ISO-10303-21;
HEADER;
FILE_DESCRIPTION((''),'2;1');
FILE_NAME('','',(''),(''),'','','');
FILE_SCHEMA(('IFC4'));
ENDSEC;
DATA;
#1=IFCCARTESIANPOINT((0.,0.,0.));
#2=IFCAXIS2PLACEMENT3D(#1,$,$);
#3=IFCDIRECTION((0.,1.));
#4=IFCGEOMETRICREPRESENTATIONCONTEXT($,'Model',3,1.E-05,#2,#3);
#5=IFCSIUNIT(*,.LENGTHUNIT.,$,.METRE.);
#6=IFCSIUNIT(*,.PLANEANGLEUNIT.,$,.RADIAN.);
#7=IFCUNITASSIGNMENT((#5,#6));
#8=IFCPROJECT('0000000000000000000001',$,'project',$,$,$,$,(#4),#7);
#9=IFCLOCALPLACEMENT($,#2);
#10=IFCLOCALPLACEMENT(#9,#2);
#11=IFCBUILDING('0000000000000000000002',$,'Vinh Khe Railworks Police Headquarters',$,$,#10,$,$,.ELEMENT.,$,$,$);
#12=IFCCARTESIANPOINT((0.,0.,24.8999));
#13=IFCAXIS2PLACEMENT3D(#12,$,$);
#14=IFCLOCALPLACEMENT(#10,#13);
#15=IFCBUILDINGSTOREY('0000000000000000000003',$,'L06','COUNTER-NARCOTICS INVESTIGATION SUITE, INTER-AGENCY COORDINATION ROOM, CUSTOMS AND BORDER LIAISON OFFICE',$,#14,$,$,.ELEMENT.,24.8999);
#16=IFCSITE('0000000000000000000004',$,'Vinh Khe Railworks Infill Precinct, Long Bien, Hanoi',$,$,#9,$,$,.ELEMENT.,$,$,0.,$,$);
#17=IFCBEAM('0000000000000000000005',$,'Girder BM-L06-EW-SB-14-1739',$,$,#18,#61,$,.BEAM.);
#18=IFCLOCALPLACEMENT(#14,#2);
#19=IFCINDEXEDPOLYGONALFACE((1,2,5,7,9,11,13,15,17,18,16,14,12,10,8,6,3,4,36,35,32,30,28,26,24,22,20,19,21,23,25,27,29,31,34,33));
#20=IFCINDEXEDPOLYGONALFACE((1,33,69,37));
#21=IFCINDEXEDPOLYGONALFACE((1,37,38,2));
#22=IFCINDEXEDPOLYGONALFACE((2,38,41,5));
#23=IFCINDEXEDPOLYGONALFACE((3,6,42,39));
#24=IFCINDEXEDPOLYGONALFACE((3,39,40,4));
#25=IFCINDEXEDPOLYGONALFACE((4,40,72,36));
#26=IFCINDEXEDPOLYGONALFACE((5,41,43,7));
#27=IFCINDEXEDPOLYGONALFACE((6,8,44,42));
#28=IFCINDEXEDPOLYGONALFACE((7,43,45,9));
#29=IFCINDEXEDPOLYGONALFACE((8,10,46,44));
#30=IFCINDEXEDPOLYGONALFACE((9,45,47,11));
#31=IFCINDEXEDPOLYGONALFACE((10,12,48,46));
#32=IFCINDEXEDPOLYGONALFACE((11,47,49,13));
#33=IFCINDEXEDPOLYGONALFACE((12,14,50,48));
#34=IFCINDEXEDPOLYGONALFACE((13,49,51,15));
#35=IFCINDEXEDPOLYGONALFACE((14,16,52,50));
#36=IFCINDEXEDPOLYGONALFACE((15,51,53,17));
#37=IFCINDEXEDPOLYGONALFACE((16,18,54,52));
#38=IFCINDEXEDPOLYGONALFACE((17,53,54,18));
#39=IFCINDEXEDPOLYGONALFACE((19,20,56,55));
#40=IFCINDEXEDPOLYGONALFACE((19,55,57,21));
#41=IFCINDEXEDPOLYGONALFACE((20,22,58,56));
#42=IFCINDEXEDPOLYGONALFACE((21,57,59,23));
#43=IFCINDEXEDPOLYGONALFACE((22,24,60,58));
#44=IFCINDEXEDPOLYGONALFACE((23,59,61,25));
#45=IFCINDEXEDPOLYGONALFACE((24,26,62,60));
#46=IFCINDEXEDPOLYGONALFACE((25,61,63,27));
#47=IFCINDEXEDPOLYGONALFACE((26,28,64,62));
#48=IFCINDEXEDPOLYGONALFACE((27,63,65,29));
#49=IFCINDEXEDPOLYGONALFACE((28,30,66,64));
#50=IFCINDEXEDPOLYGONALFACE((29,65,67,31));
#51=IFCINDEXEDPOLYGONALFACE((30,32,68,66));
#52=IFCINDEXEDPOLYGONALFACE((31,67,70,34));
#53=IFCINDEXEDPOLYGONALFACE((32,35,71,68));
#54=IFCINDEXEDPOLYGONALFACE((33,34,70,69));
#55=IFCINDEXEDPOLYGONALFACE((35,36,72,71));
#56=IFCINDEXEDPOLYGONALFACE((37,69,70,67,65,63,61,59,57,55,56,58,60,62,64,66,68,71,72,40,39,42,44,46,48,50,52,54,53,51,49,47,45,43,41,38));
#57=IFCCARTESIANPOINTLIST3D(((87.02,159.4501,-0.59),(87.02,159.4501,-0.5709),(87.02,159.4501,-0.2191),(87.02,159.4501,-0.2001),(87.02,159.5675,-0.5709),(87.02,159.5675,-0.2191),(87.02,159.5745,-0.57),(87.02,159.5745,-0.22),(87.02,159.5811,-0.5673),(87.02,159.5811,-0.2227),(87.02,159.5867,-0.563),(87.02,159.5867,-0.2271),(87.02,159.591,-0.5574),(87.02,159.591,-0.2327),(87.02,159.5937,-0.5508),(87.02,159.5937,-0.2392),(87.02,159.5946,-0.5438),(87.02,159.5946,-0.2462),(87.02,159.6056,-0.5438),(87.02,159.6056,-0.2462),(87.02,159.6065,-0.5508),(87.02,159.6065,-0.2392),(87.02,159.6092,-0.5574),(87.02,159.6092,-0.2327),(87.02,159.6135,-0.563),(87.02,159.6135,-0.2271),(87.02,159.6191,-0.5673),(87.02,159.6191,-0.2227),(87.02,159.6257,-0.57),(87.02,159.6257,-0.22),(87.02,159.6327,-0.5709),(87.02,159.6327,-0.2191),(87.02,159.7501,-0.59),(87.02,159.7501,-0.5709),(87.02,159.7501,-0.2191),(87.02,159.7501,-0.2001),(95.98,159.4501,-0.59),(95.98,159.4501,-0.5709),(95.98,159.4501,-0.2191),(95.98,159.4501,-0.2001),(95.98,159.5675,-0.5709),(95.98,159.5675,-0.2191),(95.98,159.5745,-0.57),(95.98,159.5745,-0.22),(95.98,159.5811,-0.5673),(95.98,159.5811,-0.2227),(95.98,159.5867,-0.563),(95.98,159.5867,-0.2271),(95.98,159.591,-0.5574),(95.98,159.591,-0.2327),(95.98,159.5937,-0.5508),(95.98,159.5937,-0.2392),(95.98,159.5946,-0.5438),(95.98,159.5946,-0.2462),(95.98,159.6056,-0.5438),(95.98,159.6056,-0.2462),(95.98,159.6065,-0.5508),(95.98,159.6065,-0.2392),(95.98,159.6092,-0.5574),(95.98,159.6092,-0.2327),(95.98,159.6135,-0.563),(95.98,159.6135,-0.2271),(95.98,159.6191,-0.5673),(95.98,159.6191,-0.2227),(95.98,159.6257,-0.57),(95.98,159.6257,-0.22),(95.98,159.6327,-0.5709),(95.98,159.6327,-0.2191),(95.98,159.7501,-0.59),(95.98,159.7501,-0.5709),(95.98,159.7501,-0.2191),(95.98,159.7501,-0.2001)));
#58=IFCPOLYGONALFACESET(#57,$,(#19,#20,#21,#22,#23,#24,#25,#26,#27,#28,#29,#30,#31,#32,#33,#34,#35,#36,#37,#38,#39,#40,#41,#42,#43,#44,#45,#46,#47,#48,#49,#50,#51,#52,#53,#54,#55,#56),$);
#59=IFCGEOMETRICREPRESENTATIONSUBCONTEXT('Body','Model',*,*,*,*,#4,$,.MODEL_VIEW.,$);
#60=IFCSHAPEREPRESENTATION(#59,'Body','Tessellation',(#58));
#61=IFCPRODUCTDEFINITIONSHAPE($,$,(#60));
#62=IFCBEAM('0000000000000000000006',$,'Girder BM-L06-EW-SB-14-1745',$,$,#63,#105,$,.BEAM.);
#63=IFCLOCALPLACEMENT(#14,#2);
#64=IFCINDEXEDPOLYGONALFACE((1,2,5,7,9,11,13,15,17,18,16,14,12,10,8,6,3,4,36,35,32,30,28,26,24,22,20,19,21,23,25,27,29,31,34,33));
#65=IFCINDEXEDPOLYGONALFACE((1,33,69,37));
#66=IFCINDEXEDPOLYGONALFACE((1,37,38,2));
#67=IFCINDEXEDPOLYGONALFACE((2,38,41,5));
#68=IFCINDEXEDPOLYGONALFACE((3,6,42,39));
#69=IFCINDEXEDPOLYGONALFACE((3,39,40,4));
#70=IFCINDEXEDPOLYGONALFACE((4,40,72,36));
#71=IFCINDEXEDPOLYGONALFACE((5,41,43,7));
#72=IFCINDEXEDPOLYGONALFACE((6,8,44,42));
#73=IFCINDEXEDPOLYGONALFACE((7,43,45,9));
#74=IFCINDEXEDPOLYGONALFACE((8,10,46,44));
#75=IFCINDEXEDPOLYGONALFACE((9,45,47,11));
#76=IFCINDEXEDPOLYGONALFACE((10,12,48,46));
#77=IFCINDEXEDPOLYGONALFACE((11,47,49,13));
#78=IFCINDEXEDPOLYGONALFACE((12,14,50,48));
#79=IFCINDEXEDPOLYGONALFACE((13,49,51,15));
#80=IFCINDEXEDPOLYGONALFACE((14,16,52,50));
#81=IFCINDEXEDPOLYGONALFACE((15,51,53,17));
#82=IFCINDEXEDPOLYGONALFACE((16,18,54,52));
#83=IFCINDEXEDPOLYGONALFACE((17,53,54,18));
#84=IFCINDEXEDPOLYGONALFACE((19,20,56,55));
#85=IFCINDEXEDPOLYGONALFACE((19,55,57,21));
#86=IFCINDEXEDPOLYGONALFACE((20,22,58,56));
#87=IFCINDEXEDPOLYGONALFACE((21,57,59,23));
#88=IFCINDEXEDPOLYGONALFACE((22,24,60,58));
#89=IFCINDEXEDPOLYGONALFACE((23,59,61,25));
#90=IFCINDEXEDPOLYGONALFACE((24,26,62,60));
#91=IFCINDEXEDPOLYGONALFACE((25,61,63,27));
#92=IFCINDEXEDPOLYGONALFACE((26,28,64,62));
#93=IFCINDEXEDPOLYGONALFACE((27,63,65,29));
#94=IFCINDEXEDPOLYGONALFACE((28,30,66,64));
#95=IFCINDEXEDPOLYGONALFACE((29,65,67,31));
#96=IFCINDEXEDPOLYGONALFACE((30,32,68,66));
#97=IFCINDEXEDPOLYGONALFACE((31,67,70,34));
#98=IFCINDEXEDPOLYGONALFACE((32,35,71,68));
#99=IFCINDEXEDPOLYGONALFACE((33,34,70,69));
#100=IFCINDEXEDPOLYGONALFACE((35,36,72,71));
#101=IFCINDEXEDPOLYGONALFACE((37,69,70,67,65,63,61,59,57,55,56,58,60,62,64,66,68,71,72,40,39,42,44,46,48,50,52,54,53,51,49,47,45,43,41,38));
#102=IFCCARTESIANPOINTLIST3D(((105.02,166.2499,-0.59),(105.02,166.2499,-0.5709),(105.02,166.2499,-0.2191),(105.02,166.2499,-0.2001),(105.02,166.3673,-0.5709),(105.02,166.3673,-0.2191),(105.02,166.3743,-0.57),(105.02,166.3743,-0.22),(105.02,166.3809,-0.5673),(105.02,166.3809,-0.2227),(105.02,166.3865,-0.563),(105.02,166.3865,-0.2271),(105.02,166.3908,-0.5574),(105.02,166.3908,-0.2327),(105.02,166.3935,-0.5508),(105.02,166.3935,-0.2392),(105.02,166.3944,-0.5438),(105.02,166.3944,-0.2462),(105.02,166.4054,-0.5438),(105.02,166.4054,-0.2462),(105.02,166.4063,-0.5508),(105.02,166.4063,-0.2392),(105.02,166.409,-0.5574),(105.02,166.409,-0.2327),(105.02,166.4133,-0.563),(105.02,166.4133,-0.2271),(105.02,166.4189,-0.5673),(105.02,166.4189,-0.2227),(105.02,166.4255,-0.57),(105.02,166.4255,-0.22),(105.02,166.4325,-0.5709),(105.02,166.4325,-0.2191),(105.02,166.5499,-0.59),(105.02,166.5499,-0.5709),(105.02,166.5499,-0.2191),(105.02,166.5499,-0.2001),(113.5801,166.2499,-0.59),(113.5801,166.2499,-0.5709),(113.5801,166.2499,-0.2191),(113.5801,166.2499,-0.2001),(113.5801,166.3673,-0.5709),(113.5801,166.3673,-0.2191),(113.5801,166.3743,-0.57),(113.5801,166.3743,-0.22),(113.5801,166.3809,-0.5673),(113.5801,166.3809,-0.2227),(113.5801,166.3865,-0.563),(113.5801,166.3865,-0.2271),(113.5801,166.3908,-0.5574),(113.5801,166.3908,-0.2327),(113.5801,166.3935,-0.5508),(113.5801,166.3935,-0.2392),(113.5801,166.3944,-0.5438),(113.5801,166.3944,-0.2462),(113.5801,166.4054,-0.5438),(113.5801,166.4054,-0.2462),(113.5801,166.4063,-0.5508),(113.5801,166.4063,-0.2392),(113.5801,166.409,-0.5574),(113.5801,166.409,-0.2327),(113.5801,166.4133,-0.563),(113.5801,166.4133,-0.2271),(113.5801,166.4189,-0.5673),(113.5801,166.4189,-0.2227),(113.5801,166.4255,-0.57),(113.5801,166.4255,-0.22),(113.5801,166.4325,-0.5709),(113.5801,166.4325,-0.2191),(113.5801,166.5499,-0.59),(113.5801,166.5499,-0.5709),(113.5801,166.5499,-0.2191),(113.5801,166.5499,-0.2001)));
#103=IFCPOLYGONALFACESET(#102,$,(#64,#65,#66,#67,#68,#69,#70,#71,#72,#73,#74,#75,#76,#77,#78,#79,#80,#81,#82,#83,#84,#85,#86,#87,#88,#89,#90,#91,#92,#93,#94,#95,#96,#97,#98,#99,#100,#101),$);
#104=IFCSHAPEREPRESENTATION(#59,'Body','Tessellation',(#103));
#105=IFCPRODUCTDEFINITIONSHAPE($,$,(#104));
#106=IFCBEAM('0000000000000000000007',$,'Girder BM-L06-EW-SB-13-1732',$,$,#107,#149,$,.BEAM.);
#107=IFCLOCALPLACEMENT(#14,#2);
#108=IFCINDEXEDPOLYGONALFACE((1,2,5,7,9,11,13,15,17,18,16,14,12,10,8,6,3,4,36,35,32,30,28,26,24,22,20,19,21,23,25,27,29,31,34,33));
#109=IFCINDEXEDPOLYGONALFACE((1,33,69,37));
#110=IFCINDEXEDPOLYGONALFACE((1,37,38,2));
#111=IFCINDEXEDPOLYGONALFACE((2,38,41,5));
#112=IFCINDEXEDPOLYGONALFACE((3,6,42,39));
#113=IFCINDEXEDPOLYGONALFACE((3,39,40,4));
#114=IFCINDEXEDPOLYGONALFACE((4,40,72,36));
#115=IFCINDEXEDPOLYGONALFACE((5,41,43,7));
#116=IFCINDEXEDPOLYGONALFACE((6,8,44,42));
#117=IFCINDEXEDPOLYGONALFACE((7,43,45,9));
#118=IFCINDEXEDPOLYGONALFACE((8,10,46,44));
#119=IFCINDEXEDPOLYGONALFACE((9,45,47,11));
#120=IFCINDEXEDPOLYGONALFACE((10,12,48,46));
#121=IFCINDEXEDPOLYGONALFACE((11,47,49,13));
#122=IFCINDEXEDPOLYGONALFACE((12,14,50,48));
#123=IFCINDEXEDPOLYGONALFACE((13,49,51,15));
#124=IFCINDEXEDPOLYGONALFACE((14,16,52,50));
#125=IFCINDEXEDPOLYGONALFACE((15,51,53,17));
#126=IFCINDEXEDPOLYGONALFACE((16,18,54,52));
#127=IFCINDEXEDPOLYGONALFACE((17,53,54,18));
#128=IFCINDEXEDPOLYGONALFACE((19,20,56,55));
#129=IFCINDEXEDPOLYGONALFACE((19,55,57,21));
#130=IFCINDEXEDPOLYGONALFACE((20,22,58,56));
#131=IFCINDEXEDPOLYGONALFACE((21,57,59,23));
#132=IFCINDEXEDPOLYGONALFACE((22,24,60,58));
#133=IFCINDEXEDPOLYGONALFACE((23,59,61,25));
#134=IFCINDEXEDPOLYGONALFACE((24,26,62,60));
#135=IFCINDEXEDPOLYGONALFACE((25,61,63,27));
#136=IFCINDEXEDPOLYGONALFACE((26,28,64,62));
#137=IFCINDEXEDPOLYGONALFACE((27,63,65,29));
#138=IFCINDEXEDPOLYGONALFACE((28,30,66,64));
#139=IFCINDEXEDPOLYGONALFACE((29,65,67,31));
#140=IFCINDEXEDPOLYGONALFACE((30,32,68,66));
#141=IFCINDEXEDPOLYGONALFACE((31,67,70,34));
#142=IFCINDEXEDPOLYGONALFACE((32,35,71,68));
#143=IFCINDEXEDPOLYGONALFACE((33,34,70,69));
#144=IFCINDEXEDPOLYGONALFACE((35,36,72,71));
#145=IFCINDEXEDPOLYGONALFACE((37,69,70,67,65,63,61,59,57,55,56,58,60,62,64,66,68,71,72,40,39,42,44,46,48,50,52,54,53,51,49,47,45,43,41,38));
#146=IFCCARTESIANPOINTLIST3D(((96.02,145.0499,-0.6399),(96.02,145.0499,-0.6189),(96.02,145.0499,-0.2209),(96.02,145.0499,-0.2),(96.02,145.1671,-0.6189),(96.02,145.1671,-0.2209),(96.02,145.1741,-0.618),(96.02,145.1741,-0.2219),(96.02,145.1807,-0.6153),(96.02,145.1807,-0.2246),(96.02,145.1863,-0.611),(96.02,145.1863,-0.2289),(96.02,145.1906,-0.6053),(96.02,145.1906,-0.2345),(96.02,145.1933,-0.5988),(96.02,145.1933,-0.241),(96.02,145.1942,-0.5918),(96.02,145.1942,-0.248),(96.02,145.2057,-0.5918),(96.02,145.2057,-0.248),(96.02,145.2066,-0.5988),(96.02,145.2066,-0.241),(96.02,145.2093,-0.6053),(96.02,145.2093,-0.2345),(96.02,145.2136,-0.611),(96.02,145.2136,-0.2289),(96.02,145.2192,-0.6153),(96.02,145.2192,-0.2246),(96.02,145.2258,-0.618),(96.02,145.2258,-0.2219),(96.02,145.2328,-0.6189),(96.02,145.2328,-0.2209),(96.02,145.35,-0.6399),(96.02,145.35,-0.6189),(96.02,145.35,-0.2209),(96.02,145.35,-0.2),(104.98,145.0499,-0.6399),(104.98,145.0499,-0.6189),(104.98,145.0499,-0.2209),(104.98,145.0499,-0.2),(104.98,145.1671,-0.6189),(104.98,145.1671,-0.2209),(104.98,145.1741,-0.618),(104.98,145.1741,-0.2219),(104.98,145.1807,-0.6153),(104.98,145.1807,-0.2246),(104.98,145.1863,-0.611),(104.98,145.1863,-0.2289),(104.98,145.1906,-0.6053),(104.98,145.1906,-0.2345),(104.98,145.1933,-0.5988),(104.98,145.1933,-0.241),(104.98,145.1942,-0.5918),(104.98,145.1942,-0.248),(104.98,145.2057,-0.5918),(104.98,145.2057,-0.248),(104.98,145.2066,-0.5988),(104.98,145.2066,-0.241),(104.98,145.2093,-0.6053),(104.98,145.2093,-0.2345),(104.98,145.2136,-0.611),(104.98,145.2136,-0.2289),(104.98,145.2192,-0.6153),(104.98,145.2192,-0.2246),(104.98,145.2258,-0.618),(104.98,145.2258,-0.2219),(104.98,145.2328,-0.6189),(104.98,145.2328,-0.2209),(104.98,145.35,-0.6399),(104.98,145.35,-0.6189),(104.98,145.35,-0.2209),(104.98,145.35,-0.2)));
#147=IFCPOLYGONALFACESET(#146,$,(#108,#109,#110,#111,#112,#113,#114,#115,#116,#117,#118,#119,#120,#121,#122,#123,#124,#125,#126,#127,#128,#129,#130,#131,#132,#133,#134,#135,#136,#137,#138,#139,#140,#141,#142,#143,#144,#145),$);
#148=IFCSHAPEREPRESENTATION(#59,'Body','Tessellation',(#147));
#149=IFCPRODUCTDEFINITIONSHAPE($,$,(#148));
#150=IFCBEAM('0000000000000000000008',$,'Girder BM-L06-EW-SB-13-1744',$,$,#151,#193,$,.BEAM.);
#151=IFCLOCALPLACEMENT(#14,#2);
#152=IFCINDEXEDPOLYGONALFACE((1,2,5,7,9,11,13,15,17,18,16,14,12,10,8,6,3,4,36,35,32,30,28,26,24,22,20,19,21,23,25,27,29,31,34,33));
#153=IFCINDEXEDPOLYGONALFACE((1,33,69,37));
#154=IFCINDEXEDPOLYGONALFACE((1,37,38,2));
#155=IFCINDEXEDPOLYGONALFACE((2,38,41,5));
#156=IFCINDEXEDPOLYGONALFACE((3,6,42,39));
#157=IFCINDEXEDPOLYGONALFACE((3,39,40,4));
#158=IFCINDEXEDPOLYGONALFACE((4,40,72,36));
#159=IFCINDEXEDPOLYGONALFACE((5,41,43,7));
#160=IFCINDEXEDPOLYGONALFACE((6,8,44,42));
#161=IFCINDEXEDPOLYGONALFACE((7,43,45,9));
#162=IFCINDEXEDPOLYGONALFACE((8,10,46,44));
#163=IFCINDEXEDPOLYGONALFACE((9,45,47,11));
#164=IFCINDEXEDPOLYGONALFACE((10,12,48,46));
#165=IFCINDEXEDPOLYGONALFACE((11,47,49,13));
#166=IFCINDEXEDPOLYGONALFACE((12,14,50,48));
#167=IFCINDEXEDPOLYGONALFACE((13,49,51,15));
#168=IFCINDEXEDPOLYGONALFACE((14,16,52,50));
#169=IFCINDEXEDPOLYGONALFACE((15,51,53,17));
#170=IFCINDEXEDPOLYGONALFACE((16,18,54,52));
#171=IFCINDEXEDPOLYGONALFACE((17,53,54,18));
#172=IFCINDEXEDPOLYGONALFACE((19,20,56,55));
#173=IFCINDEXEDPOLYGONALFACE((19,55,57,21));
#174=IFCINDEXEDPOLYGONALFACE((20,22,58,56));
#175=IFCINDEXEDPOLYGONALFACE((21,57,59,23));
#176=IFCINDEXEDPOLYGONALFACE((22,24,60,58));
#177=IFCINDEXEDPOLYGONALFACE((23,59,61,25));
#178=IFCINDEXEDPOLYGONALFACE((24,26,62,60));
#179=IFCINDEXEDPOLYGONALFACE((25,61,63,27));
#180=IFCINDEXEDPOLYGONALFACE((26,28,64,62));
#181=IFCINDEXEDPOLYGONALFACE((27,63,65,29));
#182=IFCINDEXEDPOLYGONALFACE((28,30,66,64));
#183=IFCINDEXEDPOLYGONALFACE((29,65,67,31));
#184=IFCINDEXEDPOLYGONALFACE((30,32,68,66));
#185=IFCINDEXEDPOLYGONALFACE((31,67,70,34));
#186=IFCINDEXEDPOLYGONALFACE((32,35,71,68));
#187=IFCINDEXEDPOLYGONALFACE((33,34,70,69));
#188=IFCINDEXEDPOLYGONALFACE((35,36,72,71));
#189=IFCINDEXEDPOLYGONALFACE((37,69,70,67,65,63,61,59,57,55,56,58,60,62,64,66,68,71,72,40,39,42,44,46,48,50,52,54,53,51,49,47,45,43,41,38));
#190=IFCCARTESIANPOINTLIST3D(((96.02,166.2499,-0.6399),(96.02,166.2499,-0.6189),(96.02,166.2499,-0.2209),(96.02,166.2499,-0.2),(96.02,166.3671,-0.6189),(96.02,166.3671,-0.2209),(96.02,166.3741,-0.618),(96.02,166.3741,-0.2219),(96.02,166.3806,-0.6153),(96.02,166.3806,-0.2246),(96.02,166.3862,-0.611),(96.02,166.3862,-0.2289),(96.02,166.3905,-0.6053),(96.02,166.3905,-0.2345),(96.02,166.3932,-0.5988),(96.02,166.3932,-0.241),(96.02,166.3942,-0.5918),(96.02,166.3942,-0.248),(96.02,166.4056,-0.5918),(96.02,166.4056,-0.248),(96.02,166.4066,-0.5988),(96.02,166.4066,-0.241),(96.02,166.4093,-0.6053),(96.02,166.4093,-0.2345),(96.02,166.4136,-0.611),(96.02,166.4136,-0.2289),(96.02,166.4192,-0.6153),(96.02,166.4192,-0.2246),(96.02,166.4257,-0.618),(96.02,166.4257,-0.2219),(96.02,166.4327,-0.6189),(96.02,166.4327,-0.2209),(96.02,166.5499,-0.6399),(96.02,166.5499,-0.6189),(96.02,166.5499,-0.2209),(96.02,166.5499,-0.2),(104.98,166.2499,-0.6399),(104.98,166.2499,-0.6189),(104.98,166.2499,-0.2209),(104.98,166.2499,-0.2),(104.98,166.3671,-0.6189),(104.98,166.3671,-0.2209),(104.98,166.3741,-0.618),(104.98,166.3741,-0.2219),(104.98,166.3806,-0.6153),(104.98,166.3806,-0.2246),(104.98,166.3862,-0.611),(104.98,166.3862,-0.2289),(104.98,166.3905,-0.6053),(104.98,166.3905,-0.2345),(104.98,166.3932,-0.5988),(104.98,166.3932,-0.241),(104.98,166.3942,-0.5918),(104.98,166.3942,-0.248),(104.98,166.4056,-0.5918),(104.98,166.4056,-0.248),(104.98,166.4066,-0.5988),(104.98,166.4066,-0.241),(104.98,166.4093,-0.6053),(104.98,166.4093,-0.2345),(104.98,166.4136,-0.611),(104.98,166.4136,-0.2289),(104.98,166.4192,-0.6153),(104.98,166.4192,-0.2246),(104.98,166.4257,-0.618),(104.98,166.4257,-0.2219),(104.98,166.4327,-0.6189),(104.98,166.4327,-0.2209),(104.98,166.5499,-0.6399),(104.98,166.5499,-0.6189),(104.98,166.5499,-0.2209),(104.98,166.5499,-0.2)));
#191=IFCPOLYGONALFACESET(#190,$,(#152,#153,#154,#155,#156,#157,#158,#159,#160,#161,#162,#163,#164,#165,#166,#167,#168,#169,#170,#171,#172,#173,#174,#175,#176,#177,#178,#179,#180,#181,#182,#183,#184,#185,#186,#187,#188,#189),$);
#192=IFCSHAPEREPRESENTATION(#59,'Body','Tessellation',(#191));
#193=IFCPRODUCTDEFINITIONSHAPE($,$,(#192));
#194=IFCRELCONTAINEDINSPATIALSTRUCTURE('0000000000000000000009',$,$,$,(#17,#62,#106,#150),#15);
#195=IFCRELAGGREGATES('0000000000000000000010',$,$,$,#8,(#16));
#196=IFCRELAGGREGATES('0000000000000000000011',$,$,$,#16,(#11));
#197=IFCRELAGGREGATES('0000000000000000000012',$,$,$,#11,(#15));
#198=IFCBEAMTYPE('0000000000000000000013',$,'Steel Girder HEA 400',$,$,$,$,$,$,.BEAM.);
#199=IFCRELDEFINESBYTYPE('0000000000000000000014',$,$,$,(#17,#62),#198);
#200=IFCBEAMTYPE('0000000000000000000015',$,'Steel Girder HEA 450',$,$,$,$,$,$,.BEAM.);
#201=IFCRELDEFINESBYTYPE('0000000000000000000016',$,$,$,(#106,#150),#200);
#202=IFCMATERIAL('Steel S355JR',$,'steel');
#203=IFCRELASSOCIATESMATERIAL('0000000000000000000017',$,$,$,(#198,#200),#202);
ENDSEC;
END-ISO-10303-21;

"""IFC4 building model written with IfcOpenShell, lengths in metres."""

from ifc_helpers import new_model, si_unit, direction, frame, origin, origin_2d, place, context, subcontext, project, spatial, i_section, extrude, material, material_profile, profile_set, type_object, element, save


model = new_model("IFC4")

# Units and contexts
model_context = context("Model", 3, precision=1e-05, world=origin(), true_north=direction((0.0, 1.0)))
body_context = subcontext(model_context, "Body", "Model", "MODEL_VIEW")
ifc_project = project(units=[si_unit("LENGTHUNIT", "METRE"), si_unit("PLANEANGLEUNIT", "RADIAN")], contexts=[model_context])

# Site, building, storey
site_placement = place(None, origin())
site = spatial("IfcSite", under=ifc_project, at=site_placement, Name="Vinh Khe Railworks Infill Precinct, Long Bien, Hanoi", CompositionType="ELEMENT", RefElevation=0.0)
building_placement = place(site_placement, origin())
building = spatial("IfcBuilding", under=site, at=building_placement, Name="Vinh Khe Railworks Police Headquarters", CompositionType="ELEMENT")
storey_placement = place(building_placement, frame((0.0, 0.0, 24.8999)))
storey = spatial("IfcBuildingStorey", under=building, at=storey_placement, Name="L06", Description="COUNTER-NARCOTICS INVESTIGATION SUITE, INTER-AGENCY COORDINATION ROOM, CUSTOMS AND BORDER LIAISON OFFICE", CompositionType="ELEMENT", Elevation=24.8999)

# Beams
ifc_material_1 = material(Name="Steel S355JR", Category="steel")
ifc_material_profile_1 = material_profile(ifc_material_1, i_section(OverallWidth=0.3, OverallDepth=0.3899, WebThickness=0.011, FlangeThickness=0.019, FilletRadius=0.0271, at=origin_2d()), Name="HEA 400")
ifc_profile_set_1 = profile_set([ifc_material_profile_1], Name="Steel S355JR")
beam_type_1 = type_object("IfcBeamType", Name="Steel Girder HEA 400", PredefinedType="BEAM", material=ifc_profile_set_1)
beam_1_placement = place(storey_placement, frame((87.02, 159.6001, -0.395), z_axis=(1.0, 0.0, 0.0), x_axis=(0.0, 1.0, 0.0)))
element("IfcBeam", 1, at=beam_1_placement, inside=storey, type_object=beam_type_1, Name="Girder BM-L06-EW-SB-14-1739", PredefinedType="BEAM", context=body_context, shape_type="SweptSolid", body=[
    extrude(i_section(OverallWidth=0.3, OverallDepth=0.3899, WebThickness=0.011, FlangeThickness=0.019, FilletRadius=0.0271, at=origin_2d()), origin(), (0.0, 0.0, 1.0), 8.96),
])
beam_2_placement = place(storey_placement, frame((105.02, 166.3999, -0.395), z_axis=(1.0, 0.0, 0.0), x_axis=(0.0, 1.0, 0.0)))
element("IfcBeam", 2, at=beam_2_placement, inside=storey, type_object=beam_type_1, Name="Girder BM-L06-EW-SB-14-1745", PredefinedType="BEAM", context=body_context, shape_type="SweptSolid", body=[
    extrude(i_section(OverallWidth=0.3, OverallDepth=0.3899, WebThickness=0.011, FlangeThickness=0.019, FilletRadius=0.0271, at=origin_2d()), origin(), (0.0, 0.0, 1.0), 8.5601),
])
ifc_material_profile_2 = material_profile(ifc_material_1, i_section(OverallWidth=0.3, OverallDepth=0.4399, WebThickness=0.0115, FlangeThickness=0.021, FilletRadius=0.0271, at=origin_2d()), Name="HEA 450")
ifc_profile_set_2 = profile_set([ifc_material_profile_2], Name="Steel S355JR")
beam_type_2 = type_object("IfcBeamType", Name="Steel Girder HEA 450", PredefinedType="BEAM", material=ifc_profile_set_2)
for number, where, z_axis, x_axis, name in (
    (3, (96.02, 145.2, -0.4199), (1.0, 0.0, 0.0), (0.0, 1.0, 0.0), "Girder BM-L06-EW-SB-13-1732"),
    (4, (96.02, 166.3999, -0.4199), (1.0, 0.0, 0.0), (0.0, 1.0, 0.0), "Girder BM-L06-EW-SB-13-1744"),
):
    element("IfcBeam", number, at=place(storey_placement, frame(where, z_axis=z_axis, x_axis=x_axis)), inside=storey, type_object=beam_type_2, Name=name, PredefinedType="BEAM", context=body_context, shape_type="SweptSolid", body=[
        extrude(i_section(OverallWidth=0.3, OverallDepth=0.4399, WebThickness=0.0115, FlangeThickness=0.021, FilletRadius=0.0271, at=origin_2d()), origin(), (0.0, 0.0, 1.0), 8.96),
    ])

save(model, "model.ifc")
